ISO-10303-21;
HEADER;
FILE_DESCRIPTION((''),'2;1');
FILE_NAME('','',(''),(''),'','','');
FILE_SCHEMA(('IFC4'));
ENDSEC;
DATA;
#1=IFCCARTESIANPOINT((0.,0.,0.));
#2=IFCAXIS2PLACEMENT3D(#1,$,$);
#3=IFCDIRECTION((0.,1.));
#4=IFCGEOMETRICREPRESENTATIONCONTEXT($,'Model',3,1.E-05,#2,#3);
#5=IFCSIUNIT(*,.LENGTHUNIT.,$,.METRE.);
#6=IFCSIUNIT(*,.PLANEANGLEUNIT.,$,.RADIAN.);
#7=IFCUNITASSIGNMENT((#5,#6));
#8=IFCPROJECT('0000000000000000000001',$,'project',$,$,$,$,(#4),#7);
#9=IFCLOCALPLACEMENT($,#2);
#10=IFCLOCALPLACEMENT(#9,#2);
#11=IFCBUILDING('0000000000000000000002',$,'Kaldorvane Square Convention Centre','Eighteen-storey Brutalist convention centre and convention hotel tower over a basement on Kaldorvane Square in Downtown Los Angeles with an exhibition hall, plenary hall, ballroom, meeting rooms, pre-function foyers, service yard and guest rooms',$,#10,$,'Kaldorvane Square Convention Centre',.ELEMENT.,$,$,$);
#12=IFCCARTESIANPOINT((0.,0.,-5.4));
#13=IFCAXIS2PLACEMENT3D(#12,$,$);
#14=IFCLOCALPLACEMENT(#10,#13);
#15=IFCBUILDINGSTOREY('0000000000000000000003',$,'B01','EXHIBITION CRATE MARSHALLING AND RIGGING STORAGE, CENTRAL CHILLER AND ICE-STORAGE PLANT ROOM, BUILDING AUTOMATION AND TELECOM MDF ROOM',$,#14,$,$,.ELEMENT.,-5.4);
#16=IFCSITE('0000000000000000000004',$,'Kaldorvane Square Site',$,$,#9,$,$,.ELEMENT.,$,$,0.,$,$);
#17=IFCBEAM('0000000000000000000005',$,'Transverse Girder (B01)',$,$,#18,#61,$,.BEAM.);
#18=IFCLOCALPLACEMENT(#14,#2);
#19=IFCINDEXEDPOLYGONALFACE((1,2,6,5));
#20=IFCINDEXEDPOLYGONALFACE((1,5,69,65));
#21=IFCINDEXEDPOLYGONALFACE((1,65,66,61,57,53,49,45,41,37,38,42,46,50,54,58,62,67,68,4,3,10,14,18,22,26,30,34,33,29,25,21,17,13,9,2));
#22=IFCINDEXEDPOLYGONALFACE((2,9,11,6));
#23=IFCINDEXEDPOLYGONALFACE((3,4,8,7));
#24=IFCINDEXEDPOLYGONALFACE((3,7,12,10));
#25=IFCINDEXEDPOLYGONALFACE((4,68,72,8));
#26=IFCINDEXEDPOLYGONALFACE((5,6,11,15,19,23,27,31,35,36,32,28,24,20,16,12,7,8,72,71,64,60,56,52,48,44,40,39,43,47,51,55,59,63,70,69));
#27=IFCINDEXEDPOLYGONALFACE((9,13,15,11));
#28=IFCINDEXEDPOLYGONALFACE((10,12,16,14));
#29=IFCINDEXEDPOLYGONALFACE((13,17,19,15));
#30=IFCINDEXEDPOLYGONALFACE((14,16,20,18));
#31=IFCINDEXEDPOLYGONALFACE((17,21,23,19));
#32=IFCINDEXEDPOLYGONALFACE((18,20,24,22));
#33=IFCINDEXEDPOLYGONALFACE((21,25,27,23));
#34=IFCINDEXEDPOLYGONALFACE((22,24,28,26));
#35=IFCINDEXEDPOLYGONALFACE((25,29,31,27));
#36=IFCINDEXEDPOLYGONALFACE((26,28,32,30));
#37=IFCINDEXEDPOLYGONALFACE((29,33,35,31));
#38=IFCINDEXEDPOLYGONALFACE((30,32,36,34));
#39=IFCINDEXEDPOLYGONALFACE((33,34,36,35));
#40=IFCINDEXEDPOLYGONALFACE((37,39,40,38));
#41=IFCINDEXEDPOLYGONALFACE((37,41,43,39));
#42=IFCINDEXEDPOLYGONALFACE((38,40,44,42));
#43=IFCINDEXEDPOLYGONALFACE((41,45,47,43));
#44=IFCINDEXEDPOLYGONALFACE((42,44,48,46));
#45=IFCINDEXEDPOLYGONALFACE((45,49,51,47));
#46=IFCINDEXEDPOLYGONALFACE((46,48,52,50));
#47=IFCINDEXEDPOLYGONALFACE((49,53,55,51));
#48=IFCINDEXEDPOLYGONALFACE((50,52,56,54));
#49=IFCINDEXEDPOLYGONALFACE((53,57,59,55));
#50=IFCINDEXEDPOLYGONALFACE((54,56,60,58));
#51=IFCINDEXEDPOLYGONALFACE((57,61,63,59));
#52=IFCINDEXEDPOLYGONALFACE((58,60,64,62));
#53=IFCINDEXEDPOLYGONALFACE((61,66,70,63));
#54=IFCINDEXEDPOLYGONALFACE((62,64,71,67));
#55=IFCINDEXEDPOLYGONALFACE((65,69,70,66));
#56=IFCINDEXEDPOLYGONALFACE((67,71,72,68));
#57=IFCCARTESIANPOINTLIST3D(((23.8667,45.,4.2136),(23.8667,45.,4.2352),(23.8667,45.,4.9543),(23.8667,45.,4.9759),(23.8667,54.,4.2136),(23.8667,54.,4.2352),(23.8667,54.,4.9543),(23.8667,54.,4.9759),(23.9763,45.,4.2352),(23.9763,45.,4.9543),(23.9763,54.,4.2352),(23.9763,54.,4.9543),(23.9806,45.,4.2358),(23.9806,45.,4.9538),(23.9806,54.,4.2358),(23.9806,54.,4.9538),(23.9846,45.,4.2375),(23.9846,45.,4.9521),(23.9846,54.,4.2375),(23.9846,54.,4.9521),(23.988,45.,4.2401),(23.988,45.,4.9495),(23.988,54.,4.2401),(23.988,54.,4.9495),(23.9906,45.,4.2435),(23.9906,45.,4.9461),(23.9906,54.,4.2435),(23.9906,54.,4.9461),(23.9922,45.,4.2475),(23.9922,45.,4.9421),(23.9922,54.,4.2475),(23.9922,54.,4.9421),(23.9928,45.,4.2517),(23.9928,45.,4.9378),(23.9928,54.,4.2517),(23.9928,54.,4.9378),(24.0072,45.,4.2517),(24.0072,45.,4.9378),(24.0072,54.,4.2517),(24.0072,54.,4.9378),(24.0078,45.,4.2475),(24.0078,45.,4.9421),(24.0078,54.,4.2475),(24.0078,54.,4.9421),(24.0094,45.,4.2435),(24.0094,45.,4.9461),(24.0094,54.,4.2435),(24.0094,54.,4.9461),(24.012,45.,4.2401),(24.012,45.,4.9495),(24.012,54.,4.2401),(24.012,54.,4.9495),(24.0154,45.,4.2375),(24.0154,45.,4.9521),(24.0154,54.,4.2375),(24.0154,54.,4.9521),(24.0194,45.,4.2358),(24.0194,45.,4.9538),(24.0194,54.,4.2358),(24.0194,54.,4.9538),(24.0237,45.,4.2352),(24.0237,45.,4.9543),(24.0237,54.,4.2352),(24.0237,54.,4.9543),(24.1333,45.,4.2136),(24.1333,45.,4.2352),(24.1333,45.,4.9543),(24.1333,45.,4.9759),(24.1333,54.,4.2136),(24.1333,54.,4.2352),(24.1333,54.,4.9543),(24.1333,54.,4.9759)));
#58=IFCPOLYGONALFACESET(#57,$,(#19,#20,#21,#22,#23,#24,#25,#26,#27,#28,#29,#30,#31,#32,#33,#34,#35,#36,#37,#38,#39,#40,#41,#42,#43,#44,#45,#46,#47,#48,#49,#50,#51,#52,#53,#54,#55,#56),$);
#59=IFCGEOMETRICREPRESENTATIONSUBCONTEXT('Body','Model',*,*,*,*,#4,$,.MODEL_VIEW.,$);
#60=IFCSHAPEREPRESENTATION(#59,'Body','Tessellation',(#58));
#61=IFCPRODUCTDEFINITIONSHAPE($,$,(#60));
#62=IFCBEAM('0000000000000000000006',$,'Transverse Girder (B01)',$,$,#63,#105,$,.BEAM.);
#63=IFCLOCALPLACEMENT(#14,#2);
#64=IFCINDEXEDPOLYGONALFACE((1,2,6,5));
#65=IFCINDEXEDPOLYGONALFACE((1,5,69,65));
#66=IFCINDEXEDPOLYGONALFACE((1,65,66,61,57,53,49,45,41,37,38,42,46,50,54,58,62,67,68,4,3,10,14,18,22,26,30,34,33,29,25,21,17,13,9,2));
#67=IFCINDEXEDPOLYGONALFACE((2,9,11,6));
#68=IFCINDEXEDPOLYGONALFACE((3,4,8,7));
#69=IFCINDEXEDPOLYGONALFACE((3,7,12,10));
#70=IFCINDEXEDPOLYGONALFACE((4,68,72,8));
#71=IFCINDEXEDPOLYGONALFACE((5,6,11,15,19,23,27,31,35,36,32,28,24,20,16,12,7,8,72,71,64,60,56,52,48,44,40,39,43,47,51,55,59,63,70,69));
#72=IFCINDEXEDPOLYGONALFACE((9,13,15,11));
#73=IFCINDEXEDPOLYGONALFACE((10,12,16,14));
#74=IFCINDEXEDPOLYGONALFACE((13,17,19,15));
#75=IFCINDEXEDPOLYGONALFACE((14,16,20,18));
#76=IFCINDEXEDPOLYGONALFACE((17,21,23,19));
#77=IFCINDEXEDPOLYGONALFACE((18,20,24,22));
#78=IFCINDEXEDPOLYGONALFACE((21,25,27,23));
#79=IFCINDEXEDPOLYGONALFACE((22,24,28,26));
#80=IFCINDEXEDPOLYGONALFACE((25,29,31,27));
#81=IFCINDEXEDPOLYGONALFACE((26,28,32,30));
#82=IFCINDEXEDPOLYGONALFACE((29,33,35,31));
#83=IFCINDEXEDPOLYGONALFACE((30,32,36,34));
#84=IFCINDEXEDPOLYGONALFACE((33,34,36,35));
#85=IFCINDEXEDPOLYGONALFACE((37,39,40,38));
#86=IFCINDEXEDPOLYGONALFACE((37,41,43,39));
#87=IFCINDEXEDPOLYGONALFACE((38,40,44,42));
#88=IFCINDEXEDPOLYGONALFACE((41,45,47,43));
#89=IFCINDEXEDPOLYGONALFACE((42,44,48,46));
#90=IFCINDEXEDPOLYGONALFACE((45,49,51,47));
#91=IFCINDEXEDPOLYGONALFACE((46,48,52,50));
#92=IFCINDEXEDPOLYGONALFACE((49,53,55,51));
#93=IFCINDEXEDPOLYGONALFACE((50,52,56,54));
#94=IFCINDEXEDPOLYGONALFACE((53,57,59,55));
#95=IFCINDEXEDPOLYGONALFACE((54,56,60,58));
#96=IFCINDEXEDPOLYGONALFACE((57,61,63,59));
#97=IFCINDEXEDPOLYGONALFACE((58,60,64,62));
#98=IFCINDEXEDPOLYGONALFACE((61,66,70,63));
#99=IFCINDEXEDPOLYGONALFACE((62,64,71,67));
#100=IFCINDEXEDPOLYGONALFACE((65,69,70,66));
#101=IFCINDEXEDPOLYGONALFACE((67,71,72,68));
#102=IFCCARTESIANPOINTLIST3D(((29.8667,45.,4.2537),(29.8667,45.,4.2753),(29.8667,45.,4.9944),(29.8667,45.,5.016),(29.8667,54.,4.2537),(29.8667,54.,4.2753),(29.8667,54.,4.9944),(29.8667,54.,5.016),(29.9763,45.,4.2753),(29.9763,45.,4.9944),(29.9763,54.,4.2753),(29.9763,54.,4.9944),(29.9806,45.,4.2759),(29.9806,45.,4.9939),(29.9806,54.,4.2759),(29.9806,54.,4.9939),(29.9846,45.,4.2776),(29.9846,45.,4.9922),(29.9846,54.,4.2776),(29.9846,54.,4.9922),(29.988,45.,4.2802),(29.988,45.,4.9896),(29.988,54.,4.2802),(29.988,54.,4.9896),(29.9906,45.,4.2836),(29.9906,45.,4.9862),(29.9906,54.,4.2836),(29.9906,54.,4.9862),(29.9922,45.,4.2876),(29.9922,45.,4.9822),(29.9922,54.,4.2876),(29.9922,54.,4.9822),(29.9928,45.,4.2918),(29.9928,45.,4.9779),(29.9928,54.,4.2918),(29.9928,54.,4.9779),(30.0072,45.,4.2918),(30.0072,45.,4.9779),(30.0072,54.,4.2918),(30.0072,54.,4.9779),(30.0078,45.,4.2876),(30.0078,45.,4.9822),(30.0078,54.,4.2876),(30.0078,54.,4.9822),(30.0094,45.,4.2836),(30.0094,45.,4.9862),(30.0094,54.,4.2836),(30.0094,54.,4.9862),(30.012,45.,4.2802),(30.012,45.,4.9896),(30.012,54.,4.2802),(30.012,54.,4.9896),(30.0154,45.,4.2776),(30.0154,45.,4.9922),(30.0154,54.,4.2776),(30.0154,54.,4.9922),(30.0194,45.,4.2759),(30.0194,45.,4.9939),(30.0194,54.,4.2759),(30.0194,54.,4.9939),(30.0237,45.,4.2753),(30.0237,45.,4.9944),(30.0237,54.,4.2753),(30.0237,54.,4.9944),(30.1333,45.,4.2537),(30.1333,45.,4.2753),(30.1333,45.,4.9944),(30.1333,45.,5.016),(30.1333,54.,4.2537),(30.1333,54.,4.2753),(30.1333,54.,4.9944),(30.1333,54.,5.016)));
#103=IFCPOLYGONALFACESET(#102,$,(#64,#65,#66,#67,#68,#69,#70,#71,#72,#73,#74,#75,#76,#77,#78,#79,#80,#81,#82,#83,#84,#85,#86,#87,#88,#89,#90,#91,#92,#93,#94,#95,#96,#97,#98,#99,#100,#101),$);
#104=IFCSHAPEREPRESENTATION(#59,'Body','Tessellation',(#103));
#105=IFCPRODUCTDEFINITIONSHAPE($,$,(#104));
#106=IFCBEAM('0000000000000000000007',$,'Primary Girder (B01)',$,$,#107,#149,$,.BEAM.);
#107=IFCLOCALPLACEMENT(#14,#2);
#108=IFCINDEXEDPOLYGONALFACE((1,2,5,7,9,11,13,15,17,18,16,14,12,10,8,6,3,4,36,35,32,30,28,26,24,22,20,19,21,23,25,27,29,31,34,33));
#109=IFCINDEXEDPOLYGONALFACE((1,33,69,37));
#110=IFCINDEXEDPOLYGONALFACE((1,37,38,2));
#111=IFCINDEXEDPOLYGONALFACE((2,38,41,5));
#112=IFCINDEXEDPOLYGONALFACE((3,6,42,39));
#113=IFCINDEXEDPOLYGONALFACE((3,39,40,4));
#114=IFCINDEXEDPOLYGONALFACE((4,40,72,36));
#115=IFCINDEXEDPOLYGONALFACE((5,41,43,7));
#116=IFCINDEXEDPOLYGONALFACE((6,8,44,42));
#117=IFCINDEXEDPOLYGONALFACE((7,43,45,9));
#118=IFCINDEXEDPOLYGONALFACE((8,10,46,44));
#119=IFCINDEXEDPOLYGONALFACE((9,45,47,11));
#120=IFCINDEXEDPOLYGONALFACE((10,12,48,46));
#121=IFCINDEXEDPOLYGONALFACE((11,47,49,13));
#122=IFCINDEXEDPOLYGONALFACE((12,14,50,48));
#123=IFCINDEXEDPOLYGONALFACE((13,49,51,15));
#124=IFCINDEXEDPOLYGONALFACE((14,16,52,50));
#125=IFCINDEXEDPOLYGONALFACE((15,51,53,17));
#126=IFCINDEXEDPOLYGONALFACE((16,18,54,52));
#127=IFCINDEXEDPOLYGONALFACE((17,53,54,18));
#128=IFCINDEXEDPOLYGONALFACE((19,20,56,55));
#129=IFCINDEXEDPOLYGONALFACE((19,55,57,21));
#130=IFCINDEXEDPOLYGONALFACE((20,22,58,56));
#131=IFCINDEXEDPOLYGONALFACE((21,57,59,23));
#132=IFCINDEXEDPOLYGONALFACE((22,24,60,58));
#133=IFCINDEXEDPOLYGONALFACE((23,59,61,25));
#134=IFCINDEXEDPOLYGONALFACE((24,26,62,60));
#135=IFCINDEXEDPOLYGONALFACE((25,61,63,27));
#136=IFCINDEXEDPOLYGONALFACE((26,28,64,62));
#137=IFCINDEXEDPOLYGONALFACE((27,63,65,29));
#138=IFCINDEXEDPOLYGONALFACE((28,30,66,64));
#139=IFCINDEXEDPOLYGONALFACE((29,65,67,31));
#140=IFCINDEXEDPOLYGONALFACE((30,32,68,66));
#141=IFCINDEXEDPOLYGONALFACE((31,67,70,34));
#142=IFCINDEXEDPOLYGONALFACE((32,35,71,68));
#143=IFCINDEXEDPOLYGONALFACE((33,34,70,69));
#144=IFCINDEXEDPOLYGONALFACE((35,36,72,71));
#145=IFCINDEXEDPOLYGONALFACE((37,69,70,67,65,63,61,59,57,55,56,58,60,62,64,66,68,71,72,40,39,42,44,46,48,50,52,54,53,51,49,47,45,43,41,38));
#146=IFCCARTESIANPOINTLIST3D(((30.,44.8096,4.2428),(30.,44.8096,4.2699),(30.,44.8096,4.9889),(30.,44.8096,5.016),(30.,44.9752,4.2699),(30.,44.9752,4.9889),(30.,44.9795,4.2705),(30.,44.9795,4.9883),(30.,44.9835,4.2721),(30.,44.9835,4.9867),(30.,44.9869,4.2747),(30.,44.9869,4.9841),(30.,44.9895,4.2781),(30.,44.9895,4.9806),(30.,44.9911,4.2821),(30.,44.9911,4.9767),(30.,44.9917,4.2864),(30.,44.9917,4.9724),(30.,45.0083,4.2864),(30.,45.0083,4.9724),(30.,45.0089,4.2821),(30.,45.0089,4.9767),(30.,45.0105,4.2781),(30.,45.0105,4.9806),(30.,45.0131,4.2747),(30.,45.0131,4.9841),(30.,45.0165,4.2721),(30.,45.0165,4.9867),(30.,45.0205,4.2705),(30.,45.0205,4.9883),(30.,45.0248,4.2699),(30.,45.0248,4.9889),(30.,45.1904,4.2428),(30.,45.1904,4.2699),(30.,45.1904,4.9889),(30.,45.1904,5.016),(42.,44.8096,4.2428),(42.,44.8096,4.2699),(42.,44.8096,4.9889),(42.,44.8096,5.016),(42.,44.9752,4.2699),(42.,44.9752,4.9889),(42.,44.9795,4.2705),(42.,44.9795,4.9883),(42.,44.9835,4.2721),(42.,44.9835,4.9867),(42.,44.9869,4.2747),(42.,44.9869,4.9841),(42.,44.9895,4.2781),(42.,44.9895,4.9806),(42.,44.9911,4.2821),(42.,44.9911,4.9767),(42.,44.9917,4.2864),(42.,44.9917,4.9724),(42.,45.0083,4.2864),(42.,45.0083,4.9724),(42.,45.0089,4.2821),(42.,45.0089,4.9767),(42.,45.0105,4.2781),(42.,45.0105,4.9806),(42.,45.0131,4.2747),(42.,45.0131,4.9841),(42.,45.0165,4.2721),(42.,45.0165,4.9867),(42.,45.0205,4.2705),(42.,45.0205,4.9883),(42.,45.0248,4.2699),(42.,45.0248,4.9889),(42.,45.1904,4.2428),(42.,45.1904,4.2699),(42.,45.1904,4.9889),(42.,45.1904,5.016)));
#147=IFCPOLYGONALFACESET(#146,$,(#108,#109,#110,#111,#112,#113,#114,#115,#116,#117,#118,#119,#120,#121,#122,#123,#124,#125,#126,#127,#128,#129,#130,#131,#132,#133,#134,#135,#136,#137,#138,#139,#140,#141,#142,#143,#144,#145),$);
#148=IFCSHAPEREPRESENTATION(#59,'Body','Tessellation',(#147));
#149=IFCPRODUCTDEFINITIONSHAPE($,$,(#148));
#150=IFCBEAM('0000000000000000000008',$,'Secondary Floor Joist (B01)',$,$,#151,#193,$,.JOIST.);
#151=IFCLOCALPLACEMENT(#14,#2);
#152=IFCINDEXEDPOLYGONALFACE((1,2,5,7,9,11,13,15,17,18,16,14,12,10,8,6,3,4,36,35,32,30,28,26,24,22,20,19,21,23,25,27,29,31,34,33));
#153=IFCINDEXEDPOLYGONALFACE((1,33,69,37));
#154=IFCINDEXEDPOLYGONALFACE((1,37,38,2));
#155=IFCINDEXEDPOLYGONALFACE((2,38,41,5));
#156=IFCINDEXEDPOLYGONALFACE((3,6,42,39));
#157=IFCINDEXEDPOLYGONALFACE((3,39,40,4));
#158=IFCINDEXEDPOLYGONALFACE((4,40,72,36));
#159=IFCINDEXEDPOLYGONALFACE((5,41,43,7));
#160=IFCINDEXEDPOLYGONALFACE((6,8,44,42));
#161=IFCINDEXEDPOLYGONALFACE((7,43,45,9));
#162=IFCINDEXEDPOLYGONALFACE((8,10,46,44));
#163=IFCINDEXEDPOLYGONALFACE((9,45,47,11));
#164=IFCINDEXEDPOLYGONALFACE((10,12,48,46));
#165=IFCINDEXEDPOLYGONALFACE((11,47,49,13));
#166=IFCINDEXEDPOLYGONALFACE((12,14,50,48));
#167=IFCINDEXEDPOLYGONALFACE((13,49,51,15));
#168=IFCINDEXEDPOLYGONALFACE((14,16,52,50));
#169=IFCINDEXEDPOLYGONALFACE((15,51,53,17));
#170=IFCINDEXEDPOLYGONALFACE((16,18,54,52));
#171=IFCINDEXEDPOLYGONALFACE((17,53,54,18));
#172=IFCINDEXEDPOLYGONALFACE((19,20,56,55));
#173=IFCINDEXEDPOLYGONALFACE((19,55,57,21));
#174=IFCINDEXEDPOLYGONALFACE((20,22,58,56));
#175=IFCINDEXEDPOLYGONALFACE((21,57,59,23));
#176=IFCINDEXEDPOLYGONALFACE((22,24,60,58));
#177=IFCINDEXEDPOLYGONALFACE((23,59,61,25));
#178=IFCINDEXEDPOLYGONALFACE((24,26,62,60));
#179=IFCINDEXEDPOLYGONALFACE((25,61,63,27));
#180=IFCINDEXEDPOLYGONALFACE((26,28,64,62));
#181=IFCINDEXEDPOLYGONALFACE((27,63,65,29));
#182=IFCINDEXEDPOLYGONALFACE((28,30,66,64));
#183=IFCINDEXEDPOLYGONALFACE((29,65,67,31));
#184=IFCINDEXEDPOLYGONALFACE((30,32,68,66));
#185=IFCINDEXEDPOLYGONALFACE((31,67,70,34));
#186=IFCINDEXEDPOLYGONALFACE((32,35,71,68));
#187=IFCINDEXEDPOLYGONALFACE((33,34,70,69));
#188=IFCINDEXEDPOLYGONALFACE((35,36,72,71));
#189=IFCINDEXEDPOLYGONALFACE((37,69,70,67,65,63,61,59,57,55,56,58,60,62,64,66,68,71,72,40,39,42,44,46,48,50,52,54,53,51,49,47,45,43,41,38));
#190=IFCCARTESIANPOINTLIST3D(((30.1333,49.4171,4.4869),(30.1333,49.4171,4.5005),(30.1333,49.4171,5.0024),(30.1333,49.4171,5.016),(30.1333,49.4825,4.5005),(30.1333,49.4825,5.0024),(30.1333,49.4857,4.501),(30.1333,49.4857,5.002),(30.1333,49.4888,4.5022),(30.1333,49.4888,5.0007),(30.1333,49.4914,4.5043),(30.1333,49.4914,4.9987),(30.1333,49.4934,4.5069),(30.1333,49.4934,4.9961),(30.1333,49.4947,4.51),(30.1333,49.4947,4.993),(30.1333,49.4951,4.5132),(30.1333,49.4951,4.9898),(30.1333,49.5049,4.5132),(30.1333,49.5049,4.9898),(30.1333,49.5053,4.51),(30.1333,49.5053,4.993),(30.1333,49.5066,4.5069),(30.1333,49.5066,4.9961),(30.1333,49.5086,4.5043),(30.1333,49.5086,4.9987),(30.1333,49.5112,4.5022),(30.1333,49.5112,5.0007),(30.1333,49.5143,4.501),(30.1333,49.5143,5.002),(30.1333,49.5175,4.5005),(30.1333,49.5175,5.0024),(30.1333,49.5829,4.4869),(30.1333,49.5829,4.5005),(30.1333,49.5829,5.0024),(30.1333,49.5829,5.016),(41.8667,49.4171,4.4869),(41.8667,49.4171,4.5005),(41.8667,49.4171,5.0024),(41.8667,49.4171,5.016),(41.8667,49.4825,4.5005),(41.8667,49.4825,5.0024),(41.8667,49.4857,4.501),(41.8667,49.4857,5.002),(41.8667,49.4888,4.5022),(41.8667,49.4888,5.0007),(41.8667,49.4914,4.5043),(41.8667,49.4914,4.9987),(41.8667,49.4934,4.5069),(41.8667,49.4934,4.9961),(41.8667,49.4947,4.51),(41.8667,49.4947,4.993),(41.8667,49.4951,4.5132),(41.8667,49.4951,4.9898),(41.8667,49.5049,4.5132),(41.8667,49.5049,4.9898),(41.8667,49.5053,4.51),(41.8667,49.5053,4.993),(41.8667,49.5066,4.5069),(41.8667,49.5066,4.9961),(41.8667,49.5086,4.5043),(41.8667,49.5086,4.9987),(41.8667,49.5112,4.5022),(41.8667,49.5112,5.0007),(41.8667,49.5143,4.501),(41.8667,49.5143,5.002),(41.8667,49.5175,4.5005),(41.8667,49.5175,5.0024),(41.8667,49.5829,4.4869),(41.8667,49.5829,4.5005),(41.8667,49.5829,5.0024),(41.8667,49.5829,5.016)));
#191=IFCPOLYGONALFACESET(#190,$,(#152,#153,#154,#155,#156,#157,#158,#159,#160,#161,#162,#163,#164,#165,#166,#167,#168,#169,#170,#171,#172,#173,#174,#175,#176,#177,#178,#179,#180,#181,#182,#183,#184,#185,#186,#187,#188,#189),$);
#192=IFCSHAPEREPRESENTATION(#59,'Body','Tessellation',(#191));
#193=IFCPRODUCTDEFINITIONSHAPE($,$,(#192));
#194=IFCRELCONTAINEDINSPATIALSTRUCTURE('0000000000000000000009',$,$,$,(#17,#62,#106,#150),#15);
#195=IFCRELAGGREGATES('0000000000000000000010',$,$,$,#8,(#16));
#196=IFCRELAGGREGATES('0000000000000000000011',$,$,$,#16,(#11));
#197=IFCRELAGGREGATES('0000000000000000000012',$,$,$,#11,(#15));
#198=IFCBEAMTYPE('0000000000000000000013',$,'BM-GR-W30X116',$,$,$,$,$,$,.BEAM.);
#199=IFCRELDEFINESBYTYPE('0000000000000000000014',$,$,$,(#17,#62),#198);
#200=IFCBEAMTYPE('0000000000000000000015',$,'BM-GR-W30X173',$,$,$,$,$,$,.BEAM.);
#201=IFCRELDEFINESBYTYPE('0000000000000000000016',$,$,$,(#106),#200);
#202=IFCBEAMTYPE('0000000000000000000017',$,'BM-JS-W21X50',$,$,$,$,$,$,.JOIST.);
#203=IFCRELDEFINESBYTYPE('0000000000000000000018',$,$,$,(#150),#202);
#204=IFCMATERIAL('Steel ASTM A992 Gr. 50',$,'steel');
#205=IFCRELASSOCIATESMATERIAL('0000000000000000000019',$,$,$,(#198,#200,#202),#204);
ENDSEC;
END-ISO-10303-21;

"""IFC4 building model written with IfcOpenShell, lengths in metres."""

from ifc_helpers import new_model, si_unit, direction, frame, origin, origin_2d, place, context, subcontext, project, spatial, i_section, extrude, material, material_profile, profile_set, type_object, element, save


model = new_model("IFC4")

# Units and contexts
model_context = context("Model", 3, precision=1e-05, world=origin(), true_north=direction((0.0, 1.0)))
body_context = subcontext(model_context, "Body", "Model", "MODEL_VIEW")
ifc_project = project(units=[si_unit("LENGTHUNIT", "METRE"), si_unit("PLANEANGLEUNIT", "RADIAN")], contexts=[model_context])

# Site, building, storey
site_placement = place(None, origin())
site = spatial("IfcSite", under=ifc_project, at=site_placement, Name="Kaldorvane Square Site", CompositionType="ELEMENT", RefElevation=0.0)
building_placement = place(site_placement, origin())
building = spatial("IfcBuilding", under=site, at=building_placement, Name="Kaldorvane Square Convention Centre", Description="Eighteen-storey Brutalist convention centre and convention hotel tower over a basement on Kaldorvane Square in Downtown Los Angeles with an exhibition hall, plenary hall, ballroom, meeting rooms, pre-function foyers, service yard and guest rooms", LongName="Kaldorvane Square Convention Centre", CompositionType="ELEMENT")
storey_placement = place(building_placement, frame((0.0, 0.0, -5.4)))
storey = spatial("IfcBuildingStorey", under=building, at=storey_placement, Name="B01", Description="EXHIBITION CRATE MARSHALLING AND RIGGING STORAGE, CENTRAL CHILLER AND ICE-STORAGE PLANT ROOM, BUILDING AUTOMATION AND TELECOM MDF ROOM", CompositionType="ELEMENT", Elevation=-5.4)

# Shared definitions
ifc_material_1 = material(Name="Steel ASTM A992 Gr. 50", Category="steel")

# Beams
ifc_material_profile_1 = material_profile(ifc_material_1, i_section(OverallWidth=0.2666, OverallDepth=0.7623, WebThickness=0.0144, FlangeThickness=0.0216, FilletRadius=0.0165, at=origin_2d()), Name="W30X116")
ifc_profile_set_1 = profile_set([ifc_material_profile_1], Name="Steel ASTM A992 Gr. 50")
beam_type_1 = type_object("IfcBeamType", Name="BM-GR-W30X116", PredefinedType="BEAM", material=ifc_profile_set_1)
for number, where, z_axis, x_axis, name in (
    (1, (24.0, 45.0, 4.5948), (0.0, 1.0, 0.0), (-1.0, 0.0, 0.0), "Transverse Girder (B01)"),
    (2, (30.0, 45.0, 4.6349), (0.0, 1.0, 0.0), (-1.0, 0.0, 0.0), "Transverse Girder (B01)"),
):
    element("IfcBeam", number, at=place(storey_placement, frame(where, z_axis=z_axis, x_axis=x_axis)), inside=storey, type_object=beam_type_1, Name=name, PredefinedType="BEAM", context=body_context, shape_type="SweptSolid", body=[
        extrude(i_section(OverallWidth=0.2666, OverallDepth=0.7623, WebThickness=0.0144, FlangeThickness=0.0216, FilletRadius=0.0165, at=origin_2d()), origin(), (0.0, 0.0, 1.0), 9.0),
    ])
ifc_material_profile_2 = material_profile(ifc_material_1, i_section(OverallWidth=0.3807, OverallDepth=0.7732, WebThickness=0.0166, FlangeThickness=0.0271, FilletRadius=0.0165, at=origin_2d()), Name="W30X173")
ifc_profile_set_2 = profile_set([ifc_material_profile_2], Name="Steel ASTM A992 Gr. 50")
beam_type_2 = type_object("IfcBeamType", Name="BM-GR-W30X173", PredefinedType="BEAM", material=ifc_profile_set_2)
beam_1_placement = place(storey_placement, frame((30.0, 45.0, 4.6294), z_axis=(1.0, 0.0, 0.0), x_axis=(0.0, 1.0, 0.0)))
element("IfcBeam", 3, at=beam_1_placement, inside=storey, type_object=beam_type_2, Name="Primary Girder (B01)", PredefinedType="BEAM", context=body_context, shape_type="SweptSolid", body=[
    extrude(i_section(OverallWidth=0.3807, OverallDepth=0.7732, WebThickness=0.0166, FlangeThickness=0.0271, FilletRadius=0.0165, at=origin_2d()), origin(), (0.0, 0.0, 1.0), 12.0),
])
ifc_material_profile_3 = material_profile(ifc_material_1, i_section(OverallWidth=0.1659, OverallDepth=0.5291, WebThickness=0.0097, FlangeThickness=0.0136, FilletRadius=0.0127, at=origin_2d()), Name="W21X50")
ifc_profile_set_3 = profile_set([ifc_material_profile_3], Name="Steel ASTM A992 Gr. 50")
beam_type_3 = type_object("IfcBeamType", Name="BM-JS-W21X50", PredefinedType="JOIST", material=ifc_profile_set_3)
beam_2_placement = place(storey_placement, frame((30.1333, 49.5, 4.7515), z_axis=(1.0, 0.0, 0.0), x_axis=(0.0, 1.0, 0.0)))
element("IfcBeam", 4, at=beam_2_placement, inside=storey, type_object=beam_type_3, Name="Secondary Floor Joist (B01)", PredefinedType="JOIST", context=body_context, shape_type="SweptSolid", body=[
    extrude(i_section(OverallWidth=0.1659, OverallDepth=0.5291, WebThickness=0.0097, FlangeThickness=0.0136, FilletRadius=0.0127, at=origin_2d()), origin(), (0.0, 0.0, 1.0), 11.7334),
])

save(model, "model.ifc")
